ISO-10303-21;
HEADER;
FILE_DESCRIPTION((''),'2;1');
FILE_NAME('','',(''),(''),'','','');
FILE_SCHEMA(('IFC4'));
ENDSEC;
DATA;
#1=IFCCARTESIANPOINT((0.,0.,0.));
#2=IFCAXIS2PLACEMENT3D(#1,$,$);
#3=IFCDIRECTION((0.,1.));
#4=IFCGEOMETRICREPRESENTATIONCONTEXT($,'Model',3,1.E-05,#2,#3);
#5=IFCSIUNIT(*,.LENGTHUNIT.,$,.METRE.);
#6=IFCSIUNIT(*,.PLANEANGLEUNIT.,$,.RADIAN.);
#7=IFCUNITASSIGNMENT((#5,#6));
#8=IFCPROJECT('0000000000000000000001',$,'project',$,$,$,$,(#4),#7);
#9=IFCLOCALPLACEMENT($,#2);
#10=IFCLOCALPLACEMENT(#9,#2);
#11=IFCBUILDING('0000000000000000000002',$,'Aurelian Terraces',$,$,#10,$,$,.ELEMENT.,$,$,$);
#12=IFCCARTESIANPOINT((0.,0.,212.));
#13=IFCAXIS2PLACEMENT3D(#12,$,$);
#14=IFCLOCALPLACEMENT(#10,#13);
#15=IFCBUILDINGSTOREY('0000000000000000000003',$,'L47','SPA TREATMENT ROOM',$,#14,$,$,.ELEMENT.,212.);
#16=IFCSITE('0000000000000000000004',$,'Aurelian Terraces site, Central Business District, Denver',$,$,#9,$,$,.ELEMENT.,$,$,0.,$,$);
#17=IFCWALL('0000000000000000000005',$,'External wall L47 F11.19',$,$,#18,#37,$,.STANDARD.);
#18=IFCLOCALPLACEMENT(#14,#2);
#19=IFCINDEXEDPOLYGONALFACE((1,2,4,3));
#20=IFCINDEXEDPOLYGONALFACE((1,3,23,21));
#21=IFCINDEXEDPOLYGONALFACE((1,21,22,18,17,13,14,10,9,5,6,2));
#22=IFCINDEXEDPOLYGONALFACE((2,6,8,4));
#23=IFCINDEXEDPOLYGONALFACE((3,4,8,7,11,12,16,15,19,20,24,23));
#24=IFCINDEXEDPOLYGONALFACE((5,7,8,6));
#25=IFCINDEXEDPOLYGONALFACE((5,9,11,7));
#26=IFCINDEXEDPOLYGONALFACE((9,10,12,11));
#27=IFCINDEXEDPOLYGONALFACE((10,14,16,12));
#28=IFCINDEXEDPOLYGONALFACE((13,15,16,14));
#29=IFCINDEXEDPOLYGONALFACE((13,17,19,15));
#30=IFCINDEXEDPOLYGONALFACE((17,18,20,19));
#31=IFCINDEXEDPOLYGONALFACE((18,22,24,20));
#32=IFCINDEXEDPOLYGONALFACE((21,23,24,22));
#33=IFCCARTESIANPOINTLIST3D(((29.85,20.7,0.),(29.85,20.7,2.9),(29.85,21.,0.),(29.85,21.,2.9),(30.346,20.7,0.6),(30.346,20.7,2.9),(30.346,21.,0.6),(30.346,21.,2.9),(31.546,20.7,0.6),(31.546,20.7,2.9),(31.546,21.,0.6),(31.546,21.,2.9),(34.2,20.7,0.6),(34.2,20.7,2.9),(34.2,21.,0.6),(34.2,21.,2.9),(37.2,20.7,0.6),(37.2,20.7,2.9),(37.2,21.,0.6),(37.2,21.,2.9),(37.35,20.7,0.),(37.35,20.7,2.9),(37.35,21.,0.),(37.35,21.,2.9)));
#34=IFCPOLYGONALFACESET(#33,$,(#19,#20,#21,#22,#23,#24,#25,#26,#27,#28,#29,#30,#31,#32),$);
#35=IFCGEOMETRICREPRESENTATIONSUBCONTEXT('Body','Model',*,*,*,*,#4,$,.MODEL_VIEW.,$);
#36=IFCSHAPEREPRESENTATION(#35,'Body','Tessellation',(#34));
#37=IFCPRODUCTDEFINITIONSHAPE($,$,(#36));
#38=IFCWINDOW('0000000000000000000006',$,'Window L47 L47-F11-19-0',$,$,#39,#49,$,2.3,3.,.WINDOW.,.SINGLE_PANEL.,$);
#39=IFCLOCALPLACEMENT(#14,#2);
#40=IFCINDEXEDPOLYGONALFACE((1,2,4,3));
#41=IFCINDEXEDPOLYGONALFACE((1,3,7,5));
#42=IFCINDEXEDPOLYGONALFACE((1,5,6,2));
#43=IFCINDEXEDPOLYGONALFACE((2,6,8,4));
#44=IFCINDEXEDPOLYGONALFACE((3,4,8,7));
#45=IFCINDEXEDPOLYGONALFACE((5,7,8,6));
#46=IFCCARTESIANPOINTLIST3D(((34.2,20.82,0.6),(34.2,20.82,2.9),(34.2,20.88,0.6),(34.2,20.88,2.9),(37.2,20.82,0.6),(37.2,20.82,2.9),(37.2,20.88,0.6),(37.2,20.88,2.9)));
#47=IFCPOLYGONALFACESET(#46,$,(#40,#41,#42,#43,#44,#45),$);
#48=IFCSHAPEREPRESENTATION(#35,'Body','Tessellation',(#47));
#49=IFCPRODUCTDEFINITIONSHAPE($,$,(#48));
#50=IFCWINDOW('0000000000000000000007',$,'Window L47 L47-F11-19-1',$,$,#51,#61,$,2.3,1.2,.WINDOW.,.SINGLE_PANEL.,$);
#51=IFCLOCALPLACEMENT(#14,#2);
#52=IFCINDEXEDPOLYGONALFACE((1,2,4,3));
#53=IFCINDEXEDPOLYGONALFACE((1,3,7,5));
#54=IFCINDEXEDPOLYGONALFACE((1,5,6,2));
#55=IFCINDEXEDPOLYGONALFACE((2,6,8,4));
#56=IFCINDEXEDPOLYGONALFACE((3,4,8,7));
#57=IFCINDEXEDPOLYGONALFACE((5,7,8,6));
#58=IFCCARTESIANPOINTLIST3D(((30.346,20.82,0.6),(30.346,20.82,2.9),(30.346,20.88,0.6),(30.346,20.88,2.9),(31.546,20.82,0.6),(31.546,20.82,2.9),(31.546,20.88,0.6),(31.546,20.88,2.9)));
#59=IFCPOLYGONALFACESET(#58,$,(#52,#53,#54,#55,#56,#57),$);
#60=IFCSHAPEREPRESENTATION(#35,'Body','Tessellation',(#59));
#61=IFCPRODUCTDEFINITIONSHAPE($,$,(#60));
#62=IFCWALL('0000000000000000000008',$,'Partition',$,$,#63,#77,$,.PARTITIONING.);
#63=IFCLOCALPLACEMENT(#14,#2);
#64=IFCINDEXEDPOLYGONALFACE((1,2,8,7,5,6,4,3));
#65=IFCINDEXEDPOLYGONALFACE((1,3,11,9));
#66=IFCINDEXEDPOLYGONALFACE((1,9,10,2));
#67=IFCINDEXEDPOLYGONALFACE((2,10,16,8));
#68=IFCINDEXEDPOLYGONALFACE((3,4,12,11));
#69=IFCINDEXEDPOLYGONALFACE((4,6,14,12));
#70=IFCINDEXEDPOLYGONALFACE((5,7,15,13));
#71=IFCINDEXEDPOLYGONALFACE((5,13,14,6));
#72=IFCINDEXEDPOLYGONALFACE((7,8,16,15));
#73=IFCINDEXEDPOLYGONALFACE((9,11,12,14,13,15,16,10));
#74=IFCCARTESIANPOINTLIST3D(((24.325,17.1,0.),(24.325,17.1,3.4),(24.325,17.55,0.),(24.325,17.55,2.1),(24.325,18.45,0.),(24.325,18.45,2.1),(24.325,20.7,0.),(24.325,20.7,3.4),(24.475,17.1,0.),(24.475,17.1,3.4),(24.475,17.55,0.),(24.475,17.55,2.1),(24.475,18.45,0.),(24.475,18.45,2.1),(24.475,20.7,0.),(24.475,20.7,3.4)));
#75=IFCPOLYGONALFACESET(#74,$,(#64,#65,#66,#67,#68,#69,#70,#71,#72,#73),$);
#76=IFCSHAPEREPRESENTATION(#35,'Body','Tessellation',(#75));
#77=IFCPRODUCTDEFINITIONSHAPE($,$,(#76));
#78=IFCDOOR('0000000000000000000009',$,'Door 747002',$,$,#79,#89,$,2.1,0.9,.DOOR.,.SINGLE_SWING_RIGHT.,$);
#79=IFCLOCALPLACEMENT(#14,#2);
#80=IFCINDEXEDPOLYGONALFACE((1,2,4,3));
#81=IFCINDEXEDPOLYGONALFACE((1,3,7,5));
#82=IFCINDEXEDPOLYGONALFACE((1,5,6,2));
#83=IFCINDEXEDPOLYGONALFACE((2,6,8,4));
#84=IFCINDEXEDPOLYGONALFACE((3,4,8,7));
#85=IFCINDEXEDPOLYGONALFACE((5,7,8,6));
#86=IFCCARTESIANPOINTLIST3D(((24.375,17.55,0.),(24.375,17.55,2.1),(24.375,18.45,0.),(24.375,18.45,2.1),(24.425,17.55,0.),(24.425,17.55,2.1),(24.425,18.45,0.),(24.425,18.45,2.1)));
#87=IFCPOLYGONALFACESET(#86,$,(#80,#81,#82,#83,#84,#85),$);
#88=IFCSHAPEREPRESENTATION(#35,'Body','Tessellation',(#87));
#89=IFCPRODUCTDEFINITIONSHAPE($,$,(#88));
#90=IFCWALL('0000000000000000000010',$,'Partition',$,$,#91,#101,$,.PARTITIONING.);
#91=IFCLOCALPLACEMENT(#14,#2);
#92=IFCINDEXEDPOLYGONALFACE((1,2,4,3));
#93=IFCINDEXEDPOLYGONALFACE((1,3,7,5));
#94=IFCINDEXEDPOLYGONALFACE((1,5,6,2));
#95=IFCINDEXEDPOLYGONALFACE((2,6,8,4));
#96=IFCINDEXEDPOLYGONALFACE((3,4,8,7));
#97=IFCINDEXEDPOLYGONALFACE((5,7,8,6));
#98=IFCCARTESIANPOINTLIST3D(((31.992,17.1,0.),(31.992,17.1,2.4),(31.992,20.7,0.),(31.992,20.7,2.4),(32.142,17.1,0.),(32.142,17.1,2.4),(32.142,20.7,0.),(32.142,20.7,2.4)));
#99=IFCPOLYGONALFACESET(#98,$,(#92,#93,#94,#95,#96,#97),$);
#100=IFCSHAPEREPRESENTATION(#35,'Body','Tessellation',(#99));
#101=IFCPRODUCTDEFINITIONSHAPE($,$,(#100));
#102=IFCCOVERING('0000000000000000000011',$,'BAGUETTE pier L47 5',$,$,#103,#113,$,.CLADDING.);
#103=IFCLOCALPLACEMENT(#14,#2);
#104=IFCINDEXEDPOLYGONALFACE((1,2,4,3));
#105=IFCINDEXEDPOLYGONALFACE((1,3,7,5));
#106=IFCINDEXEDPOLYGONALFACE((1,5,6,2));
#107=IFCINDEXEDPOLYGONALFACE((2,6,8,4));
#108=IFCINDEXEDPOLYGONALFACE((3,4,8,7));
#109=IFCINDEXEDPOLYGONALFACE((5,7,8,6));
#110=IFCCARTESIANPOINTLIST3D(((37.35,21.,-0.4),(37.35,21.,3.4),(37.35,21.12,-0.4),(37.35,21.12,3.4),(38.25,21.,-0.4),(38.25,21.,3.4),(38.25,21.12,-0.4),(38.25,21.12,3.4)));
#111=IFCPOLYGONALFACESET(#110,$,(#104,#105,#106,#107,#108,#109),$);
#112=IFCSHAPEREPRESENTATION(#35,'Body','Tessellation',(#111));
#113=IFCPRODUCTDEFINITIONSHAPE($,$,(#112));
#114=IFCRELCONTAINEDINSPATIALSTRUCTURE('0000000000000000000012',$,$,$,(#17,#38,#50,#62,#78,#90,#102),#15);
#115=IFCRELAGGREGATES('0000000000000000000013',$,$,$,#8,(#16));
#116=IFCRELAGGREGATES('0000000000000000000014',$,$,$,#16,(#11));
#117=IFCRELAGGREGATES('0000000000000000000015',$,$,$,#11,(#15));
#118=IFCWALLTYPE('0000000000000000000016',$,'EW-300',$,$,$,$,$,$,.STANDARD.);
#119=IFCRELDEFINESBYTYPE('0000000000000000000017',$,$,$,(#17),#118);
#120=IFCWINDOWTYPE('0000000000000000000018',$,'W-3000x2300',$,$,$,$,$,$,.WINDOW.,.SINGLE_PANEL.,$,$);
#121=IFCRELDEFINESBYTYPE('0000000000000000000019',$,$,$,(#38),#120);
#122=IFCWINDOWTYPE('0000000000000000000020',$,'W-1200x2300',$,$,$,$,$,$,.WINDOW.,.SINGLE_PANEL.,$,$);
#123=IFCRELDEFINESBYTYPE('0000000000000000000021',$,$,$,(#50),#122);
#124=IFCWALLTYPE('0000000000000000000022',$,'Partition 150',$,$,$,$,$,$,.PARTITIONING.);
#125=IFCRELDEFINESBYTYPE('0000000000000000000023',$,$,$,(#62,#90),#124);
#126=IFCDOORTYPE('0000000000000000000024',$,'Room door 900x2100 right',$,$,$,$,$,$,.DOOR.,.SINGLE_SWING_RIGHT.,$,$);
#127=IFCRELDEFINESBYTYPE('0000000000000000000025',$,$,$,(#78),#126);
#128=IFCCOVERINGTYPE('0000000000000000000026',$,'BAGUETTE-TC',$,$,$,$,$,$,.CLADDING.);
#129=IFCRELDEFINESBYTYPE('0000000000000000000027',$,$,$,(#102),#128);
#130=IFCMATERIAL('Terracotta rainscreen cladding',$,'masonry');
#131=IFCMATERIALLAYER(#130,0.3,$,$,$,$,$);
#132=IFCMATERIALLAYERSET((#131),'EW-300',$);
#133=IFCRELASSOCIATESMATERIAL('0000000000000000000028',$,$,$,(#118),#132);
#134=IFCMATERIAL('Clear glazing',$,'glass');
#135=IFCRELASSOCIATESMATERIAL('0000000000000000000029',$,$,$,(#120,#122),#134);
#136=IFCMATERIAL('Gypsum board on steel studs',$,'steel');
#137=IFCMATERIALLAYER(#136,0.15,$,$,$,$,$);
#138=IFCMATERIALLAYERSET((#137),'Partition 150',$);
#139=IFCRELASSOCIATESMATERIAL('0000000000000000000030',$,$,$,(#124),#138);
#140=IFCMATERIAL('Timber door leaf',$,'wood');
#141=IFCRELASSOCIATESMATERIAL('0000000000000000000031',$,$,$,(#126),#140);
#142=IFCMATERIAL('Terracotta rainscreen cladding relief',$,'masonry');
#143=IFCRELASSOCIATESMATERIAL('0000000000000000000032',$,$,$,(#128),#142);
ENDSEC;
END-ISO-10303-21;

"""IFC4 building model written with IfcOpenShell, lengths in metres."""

from ifc_helpers import new_model, si_unit, direction, frame, frame_2d, origin, origin_2d, place, context, subcontext, project, spatial, rectangle, extrude, source, transform, mapped, material, layer, layer_set, type_object, element, fill, save


model = new_model("IFC4")

# Units and contexts
model_context = context("Model", 3, precision=1e-05, world=origin(), true_north=direction((0.0, 1.0)))
body_context = subcontext(model_context, "Body", "Model", "MODEL_VIEW")
ifc_project = project(units=[si_unit("LENGTHUNIT", "METRE"), si_unit("PLANEANGLEUNIT", "RADIAN")], contexts=[model_context])

# Site, building, storey
site_placement = place(None, origin())
site = spatial("IfcSite", under=ifc_project, at=site_placement, Name="Aurelian Terraces site, Central Business District, Denver", CompositionType="ELEMENT", RefElevation=0.0)
building_placement = place(site_placement, origin())
building = spatial("IfcBuilding", under=site, at=building_placement, Name="Aurelian Terraces", CompositionType="ELEMENT")
storey_placement = place(building_placement, frame((0.0, 0.0, 212.0)))
storey = spatial("IfcBuildingStorey", under=building, at=storey_placement, Name="L47", Description="SPA TREATMENT ROOM", CompositionType="ELEMENT", Elevation=212.0)

# Shared definitions
ifc_material_1 = material(Name="Terracotta rainscreen cladding", Category="masonry")
ifc_layer_1 = layer(ifc_material_1, 0.3)
ifc_layer_set_1 = layer_set([ifc_layer_1], Name="EW-300")
wall_type_1 = type_object("IfcWallType", Name="EW-300", PredefinedType="STANDARD", material=ifc_layer_set_1)
shared_shape_1 = source(origin(), body_context, "Body", "SweptSolid", [
    extrude(rectangle(XDim=3.0, YDim=2.3, at=frame_2d((1.5, 1.15))), frame((0.0, 0.16, 0.0), z_axis=(0.0, -1.0, 0.0), x_axis=(1.0, 0.0, 0.0)), (0.0, 0.0, 1.0), 0.32),
])
ifc_material_2 = material(Name="Clear glazing", Category="glass")
window_type_1 = type_object("IfcWindowType", Name="W-3000x2300", PartitioningType="SINGLE_PANEL", PredefinedType="WINDOW", material=ifc_material_2)
shared_shape_2 = source(origin(), body_context, "Body", "SweptSolid", [
    extrude(rectangle(XDim=3.0, YDim=2.3, at=frame_2d((1.5, 1.15))), frame((0.0, 0.03, 0.0), z_axis=(0.0, -1.0, 0.0), x_axis=(1.0, 0.0, 0.0)), (0.0, 0.0, 1.0), 0.06),
])

# Wall, openings, windows
shared_shape_3 = source(origin(), body_context, "Body", "SweptSolid", [
    extrude(rectangle(XDim=7.5, YDim=0.3, at=frame_2d((3.75, 0.0))), origin(), (0.0, 0.0, 1.0), 2.9),
])
wall_1_placement = place(storey_placement, frame((37.35, 20.85, 0.0), z_axis=(0.0, 0.0, 1.0), x_axis=(-1.0, 0.0, 0.0)))
wall_1 = element("IfcWall", 1, at=wall_1_placement, inside=storey, type_object=wall_type_1, Name="External wall L47 F11.19", PredefinedType="STANDARD", context=body_context, shape_type="MappedRepresentation", body=[
    mapped(shared_shape_3, transform((0.0, 0.0, 0.0), scale=1.0)),
])
opening_1_placement = place(wall_1_placement, frame((0.15, 0.0, 0.6)))
opening_1 = element("IfcOpeningElement", 2, at=opening_1_placement, cuts=wall_1, PredefinedType="OPENING", context=body_context, shape_type="MappedRepresentation", body=[
    mapped(shared_shape_1, transform((0.0, 0.0, 0.0), scale=1.0)),
])
shared_shape_4 = source(origin(), body_context, "Body", "SweptSolid", [
    extrude(rectangle(XDim=1.2, YDim=2.3, at=frame_2d((0.6, 1.15))), frame((0.0, 0.16, 0.0), z_axis=(0.0, -1.0, 0.0), x_axis=(1.0, 0.0, 0.0)), (0.0, 0.0, 1.0), 0.32),
])
opening_2_placement = place(wall_1_placement, frame((5.804, 0.0, 0.6)))
opening_2 = element("IfcOpeningElement", 3, at=opening_2_placement, cuts=wall_1, PredefinedType="OPENING", context=body_context, shape_type="MappedRepresentation", body=[
    mapped(shared_shape_4, transform((0.0, 0.0, 0.0), scale=1.0)),
])
window_1_placement = place(opening_1_placement, origin())
window_1 = element("IfcWindow", 4, at=window_1_placement, inside=storey, type_object=window_type_1, Name="Window L47 L47-F11-19-0", OverallHeight=2.3, OverallWidth=3.0, PartitioningType="SINGLE_PANEL", PredefinedType="WINDOW", context=body_context, shape_type="MappedRepresentation", body=[
    mapped(shared_shape_2, transform((0.0, 0.0, 0.0), scale=1.0)),
])
fill(opening_1, window_1)
window_type_2 = type_object("IfcWindowType", Name="W-1200x2300", PartitioningType="SINGLE_PANEL", PredefinedType="WINDOW", material=ifc_material_2)
shared_shape_5 = source(origin(), body_context, "Body", "SweptSolid", [
    extrude(rectangle(XDim=1.2, YDim=2.3, at=frame_2d((0.6, 1.15))), frame((0.0, 0.03, 0.0), z_axis=(0.0, -1.0, 0.0), x_axis=(1.0, 0.0, 0.0)), (0.0, 0.0, 1.0), 0.06),
])
window_2_placement = place(opening_2_placement, origin())
window_2 = element("IfcWindow", 5, at=window_2_placement, inside=storey, type_object=window_type_2, Name="Window L47 L47-F11-19-1", OverallHeight=2.3, OverallWidth=1.2, PartitioningType="SINGLE_PANEL", PredefinedType="WINDOW", context=body_context, shape_type="MappedRepresentation", body=[
    mapped(shared_shape_5, transform((0.0, 0.0, 0.0), scale=1.0)),
])
fill(opening_2, window_2)

# Wall, opening, door
ifc_material_3 = material(Name="Gypsum board on steel studs", Category="steel")
ifc_layer_2 = layer(ifc_material_3, 0.15)
ifc_layer_set_2 = layer_set([ifc_layer_2], Name="Partition 150")
wall_type_2 = type_object("IfcWallType", Name="Partition 150", PredefinedType="PARTITIONING", material=ifc_layer_set_2)
shared_shape_6 = source(origin(), body_context, "Body", "SweptSolid", [
    extrude(rectangle(XDim=3.6, YDim=0.15, at=frame_2d((1.8, 0.0))), origin(), (0.0, 0.0, 1.0), 3.4),
])
wall_2_placement = place(storey_placement, frame((24.4, 20.7, 0.0), z_axis=(0.0, 0.0, 1.0), x_axis=(0.0, -1.0, 0.0)))
wall_2 = element("IfcWall", 6, at=wall_2_placement, inside=storey, type_object=wall_type_2, Name="Partition", PredefinedType="PARTITIONING", context=body_context, shape_type="MappedRepresentation", body=[
    mapped(shared_shape_6, transform((0.0, 0.0, 0.0), scale=1.0)),
])
shared_shape_7 = source(origin(), body_context, "Body", "SweptSolid", [
    extrude(rectangle(XDim=0.9, YDim=2.1, at=frame_2d((0.45, 1.05))), frame((0.0, 0.085, 0.0), z_axis=(0.0, -1.0, 0.0), x_axis=(1.0, 0.0, 0.0)), (0.0, 0.0, 1.0), 0.17),
])
opening_3_placement = place(wall_2_placement, frame((2.25, 0.0, 0.0)))
opening_3 = element("IfcOpeningElement", 7, at=opening_3_placement, cuts=wall_2, PredefinedType="OPENING", context=body_context, shape_type="MappedRepresentation", body=[
    mapped(shared_shape_7, transform((0.0, 0.0, 0.0), scale=1.0)),
])
ifc_material_4 = material(Name="Timber door leaf", Category="wood")
door_type = type_object("IfcDoorType", Name="Room door 900x2100 right", OperationType="SINGLE_SWING_RIGHT", PredefinedType="DOOR", material=ifc_material_4)
shared_shape_8 = source(origin(), body_context, "Body", "SweptSolid", [
    extrude(rectangle(XDim=0.9, YDim=2.1, at=frame_2d((0.45, 1.05))), frame((0.0, 0.025, 0.0), z_axis=(0.0, -1.0, 0.0), x_axis=(1.0, 0.0, 0.0)), (0.0, 0.0, 1.0), 0.05),
])
door_placement = place(opening_3_placement, origin())
door = element("IfcDoor", 8, at=door_placement, inside=storey, type_object=door_type, Name="Door 747002", OperationType="SINGLE_SWING_RIGHT", OverallHeight=2.1, OverallWidth=0.9, PredefinedType="DOOR", context=body_context, shape_type="MappedRepresentation", body=[
    mapped(shared_shape_8, transform((0.0, 0.0, 0.0), scale=1.0)),
])
fill(opening_3, door)

# Wall
shared_shape_9 = source(origin(), body_context, "Body", "SweptSolid", [
    extrude(rectangle(XDim=3.6, YDim=0.15, at=frame_2d((1.8, 0.0))), origin(), (0.0, 0.0, 1.0), 2.4),
])
wall_3_placement = place(storey_placement, frame((32.067, 20.7, 0.0), z_axis=(0.0, 0.0, 1.0), x_axis=(0.0, -1.0, 0.0)))
element("IfcWall", 9, at=wall_3_placement, inside=storey, type_object=wall_type_2, Name="Partition", PredefinedType="PARTITIONING", context=body_context, shape_type="MappedRepresentation", body=[
    mapped(shared_shape_9, transform((0.0, 0.0, 0.0), scale=1.0)),
])

# Covering
ifc_material_5 = material(Name="Terracotta rainscreen cladding relief", Category="masonry")
covering_type = type_object("IfcCoveringType", Name="BAGUETTE-TC", PredefinedType="CLADDING", material=ifc_material_5)
shared_shape_10 = source(origin(), body_context, "Body", "SweptSolid", [
    extrude(rectangle(XDim=0.9, YDim=0.12, at=origin_2d()), origin(), (0.0, 0.0, 1.0), 3.8),
])
covering_placement = place(storey_placement, frame((37.8, 21.06, -0.4), z_axis=(0.0, 0.0, 1.0), x_axis=(1.0, 0.0, 0.0)))
element("IfcCovering", 10, at=covering_placement, inside=storey, type_object=covering_type, Name="BAGUETTE pier L47 5", PredefinedType="CLADDING", context=body_context, shape_type="MappedRepresentation", body=[
    mapped(shared_shape_10, transform((0.0, 0.0, 0.0), scale=1.0)),
])

save(model, "model.ifc")
